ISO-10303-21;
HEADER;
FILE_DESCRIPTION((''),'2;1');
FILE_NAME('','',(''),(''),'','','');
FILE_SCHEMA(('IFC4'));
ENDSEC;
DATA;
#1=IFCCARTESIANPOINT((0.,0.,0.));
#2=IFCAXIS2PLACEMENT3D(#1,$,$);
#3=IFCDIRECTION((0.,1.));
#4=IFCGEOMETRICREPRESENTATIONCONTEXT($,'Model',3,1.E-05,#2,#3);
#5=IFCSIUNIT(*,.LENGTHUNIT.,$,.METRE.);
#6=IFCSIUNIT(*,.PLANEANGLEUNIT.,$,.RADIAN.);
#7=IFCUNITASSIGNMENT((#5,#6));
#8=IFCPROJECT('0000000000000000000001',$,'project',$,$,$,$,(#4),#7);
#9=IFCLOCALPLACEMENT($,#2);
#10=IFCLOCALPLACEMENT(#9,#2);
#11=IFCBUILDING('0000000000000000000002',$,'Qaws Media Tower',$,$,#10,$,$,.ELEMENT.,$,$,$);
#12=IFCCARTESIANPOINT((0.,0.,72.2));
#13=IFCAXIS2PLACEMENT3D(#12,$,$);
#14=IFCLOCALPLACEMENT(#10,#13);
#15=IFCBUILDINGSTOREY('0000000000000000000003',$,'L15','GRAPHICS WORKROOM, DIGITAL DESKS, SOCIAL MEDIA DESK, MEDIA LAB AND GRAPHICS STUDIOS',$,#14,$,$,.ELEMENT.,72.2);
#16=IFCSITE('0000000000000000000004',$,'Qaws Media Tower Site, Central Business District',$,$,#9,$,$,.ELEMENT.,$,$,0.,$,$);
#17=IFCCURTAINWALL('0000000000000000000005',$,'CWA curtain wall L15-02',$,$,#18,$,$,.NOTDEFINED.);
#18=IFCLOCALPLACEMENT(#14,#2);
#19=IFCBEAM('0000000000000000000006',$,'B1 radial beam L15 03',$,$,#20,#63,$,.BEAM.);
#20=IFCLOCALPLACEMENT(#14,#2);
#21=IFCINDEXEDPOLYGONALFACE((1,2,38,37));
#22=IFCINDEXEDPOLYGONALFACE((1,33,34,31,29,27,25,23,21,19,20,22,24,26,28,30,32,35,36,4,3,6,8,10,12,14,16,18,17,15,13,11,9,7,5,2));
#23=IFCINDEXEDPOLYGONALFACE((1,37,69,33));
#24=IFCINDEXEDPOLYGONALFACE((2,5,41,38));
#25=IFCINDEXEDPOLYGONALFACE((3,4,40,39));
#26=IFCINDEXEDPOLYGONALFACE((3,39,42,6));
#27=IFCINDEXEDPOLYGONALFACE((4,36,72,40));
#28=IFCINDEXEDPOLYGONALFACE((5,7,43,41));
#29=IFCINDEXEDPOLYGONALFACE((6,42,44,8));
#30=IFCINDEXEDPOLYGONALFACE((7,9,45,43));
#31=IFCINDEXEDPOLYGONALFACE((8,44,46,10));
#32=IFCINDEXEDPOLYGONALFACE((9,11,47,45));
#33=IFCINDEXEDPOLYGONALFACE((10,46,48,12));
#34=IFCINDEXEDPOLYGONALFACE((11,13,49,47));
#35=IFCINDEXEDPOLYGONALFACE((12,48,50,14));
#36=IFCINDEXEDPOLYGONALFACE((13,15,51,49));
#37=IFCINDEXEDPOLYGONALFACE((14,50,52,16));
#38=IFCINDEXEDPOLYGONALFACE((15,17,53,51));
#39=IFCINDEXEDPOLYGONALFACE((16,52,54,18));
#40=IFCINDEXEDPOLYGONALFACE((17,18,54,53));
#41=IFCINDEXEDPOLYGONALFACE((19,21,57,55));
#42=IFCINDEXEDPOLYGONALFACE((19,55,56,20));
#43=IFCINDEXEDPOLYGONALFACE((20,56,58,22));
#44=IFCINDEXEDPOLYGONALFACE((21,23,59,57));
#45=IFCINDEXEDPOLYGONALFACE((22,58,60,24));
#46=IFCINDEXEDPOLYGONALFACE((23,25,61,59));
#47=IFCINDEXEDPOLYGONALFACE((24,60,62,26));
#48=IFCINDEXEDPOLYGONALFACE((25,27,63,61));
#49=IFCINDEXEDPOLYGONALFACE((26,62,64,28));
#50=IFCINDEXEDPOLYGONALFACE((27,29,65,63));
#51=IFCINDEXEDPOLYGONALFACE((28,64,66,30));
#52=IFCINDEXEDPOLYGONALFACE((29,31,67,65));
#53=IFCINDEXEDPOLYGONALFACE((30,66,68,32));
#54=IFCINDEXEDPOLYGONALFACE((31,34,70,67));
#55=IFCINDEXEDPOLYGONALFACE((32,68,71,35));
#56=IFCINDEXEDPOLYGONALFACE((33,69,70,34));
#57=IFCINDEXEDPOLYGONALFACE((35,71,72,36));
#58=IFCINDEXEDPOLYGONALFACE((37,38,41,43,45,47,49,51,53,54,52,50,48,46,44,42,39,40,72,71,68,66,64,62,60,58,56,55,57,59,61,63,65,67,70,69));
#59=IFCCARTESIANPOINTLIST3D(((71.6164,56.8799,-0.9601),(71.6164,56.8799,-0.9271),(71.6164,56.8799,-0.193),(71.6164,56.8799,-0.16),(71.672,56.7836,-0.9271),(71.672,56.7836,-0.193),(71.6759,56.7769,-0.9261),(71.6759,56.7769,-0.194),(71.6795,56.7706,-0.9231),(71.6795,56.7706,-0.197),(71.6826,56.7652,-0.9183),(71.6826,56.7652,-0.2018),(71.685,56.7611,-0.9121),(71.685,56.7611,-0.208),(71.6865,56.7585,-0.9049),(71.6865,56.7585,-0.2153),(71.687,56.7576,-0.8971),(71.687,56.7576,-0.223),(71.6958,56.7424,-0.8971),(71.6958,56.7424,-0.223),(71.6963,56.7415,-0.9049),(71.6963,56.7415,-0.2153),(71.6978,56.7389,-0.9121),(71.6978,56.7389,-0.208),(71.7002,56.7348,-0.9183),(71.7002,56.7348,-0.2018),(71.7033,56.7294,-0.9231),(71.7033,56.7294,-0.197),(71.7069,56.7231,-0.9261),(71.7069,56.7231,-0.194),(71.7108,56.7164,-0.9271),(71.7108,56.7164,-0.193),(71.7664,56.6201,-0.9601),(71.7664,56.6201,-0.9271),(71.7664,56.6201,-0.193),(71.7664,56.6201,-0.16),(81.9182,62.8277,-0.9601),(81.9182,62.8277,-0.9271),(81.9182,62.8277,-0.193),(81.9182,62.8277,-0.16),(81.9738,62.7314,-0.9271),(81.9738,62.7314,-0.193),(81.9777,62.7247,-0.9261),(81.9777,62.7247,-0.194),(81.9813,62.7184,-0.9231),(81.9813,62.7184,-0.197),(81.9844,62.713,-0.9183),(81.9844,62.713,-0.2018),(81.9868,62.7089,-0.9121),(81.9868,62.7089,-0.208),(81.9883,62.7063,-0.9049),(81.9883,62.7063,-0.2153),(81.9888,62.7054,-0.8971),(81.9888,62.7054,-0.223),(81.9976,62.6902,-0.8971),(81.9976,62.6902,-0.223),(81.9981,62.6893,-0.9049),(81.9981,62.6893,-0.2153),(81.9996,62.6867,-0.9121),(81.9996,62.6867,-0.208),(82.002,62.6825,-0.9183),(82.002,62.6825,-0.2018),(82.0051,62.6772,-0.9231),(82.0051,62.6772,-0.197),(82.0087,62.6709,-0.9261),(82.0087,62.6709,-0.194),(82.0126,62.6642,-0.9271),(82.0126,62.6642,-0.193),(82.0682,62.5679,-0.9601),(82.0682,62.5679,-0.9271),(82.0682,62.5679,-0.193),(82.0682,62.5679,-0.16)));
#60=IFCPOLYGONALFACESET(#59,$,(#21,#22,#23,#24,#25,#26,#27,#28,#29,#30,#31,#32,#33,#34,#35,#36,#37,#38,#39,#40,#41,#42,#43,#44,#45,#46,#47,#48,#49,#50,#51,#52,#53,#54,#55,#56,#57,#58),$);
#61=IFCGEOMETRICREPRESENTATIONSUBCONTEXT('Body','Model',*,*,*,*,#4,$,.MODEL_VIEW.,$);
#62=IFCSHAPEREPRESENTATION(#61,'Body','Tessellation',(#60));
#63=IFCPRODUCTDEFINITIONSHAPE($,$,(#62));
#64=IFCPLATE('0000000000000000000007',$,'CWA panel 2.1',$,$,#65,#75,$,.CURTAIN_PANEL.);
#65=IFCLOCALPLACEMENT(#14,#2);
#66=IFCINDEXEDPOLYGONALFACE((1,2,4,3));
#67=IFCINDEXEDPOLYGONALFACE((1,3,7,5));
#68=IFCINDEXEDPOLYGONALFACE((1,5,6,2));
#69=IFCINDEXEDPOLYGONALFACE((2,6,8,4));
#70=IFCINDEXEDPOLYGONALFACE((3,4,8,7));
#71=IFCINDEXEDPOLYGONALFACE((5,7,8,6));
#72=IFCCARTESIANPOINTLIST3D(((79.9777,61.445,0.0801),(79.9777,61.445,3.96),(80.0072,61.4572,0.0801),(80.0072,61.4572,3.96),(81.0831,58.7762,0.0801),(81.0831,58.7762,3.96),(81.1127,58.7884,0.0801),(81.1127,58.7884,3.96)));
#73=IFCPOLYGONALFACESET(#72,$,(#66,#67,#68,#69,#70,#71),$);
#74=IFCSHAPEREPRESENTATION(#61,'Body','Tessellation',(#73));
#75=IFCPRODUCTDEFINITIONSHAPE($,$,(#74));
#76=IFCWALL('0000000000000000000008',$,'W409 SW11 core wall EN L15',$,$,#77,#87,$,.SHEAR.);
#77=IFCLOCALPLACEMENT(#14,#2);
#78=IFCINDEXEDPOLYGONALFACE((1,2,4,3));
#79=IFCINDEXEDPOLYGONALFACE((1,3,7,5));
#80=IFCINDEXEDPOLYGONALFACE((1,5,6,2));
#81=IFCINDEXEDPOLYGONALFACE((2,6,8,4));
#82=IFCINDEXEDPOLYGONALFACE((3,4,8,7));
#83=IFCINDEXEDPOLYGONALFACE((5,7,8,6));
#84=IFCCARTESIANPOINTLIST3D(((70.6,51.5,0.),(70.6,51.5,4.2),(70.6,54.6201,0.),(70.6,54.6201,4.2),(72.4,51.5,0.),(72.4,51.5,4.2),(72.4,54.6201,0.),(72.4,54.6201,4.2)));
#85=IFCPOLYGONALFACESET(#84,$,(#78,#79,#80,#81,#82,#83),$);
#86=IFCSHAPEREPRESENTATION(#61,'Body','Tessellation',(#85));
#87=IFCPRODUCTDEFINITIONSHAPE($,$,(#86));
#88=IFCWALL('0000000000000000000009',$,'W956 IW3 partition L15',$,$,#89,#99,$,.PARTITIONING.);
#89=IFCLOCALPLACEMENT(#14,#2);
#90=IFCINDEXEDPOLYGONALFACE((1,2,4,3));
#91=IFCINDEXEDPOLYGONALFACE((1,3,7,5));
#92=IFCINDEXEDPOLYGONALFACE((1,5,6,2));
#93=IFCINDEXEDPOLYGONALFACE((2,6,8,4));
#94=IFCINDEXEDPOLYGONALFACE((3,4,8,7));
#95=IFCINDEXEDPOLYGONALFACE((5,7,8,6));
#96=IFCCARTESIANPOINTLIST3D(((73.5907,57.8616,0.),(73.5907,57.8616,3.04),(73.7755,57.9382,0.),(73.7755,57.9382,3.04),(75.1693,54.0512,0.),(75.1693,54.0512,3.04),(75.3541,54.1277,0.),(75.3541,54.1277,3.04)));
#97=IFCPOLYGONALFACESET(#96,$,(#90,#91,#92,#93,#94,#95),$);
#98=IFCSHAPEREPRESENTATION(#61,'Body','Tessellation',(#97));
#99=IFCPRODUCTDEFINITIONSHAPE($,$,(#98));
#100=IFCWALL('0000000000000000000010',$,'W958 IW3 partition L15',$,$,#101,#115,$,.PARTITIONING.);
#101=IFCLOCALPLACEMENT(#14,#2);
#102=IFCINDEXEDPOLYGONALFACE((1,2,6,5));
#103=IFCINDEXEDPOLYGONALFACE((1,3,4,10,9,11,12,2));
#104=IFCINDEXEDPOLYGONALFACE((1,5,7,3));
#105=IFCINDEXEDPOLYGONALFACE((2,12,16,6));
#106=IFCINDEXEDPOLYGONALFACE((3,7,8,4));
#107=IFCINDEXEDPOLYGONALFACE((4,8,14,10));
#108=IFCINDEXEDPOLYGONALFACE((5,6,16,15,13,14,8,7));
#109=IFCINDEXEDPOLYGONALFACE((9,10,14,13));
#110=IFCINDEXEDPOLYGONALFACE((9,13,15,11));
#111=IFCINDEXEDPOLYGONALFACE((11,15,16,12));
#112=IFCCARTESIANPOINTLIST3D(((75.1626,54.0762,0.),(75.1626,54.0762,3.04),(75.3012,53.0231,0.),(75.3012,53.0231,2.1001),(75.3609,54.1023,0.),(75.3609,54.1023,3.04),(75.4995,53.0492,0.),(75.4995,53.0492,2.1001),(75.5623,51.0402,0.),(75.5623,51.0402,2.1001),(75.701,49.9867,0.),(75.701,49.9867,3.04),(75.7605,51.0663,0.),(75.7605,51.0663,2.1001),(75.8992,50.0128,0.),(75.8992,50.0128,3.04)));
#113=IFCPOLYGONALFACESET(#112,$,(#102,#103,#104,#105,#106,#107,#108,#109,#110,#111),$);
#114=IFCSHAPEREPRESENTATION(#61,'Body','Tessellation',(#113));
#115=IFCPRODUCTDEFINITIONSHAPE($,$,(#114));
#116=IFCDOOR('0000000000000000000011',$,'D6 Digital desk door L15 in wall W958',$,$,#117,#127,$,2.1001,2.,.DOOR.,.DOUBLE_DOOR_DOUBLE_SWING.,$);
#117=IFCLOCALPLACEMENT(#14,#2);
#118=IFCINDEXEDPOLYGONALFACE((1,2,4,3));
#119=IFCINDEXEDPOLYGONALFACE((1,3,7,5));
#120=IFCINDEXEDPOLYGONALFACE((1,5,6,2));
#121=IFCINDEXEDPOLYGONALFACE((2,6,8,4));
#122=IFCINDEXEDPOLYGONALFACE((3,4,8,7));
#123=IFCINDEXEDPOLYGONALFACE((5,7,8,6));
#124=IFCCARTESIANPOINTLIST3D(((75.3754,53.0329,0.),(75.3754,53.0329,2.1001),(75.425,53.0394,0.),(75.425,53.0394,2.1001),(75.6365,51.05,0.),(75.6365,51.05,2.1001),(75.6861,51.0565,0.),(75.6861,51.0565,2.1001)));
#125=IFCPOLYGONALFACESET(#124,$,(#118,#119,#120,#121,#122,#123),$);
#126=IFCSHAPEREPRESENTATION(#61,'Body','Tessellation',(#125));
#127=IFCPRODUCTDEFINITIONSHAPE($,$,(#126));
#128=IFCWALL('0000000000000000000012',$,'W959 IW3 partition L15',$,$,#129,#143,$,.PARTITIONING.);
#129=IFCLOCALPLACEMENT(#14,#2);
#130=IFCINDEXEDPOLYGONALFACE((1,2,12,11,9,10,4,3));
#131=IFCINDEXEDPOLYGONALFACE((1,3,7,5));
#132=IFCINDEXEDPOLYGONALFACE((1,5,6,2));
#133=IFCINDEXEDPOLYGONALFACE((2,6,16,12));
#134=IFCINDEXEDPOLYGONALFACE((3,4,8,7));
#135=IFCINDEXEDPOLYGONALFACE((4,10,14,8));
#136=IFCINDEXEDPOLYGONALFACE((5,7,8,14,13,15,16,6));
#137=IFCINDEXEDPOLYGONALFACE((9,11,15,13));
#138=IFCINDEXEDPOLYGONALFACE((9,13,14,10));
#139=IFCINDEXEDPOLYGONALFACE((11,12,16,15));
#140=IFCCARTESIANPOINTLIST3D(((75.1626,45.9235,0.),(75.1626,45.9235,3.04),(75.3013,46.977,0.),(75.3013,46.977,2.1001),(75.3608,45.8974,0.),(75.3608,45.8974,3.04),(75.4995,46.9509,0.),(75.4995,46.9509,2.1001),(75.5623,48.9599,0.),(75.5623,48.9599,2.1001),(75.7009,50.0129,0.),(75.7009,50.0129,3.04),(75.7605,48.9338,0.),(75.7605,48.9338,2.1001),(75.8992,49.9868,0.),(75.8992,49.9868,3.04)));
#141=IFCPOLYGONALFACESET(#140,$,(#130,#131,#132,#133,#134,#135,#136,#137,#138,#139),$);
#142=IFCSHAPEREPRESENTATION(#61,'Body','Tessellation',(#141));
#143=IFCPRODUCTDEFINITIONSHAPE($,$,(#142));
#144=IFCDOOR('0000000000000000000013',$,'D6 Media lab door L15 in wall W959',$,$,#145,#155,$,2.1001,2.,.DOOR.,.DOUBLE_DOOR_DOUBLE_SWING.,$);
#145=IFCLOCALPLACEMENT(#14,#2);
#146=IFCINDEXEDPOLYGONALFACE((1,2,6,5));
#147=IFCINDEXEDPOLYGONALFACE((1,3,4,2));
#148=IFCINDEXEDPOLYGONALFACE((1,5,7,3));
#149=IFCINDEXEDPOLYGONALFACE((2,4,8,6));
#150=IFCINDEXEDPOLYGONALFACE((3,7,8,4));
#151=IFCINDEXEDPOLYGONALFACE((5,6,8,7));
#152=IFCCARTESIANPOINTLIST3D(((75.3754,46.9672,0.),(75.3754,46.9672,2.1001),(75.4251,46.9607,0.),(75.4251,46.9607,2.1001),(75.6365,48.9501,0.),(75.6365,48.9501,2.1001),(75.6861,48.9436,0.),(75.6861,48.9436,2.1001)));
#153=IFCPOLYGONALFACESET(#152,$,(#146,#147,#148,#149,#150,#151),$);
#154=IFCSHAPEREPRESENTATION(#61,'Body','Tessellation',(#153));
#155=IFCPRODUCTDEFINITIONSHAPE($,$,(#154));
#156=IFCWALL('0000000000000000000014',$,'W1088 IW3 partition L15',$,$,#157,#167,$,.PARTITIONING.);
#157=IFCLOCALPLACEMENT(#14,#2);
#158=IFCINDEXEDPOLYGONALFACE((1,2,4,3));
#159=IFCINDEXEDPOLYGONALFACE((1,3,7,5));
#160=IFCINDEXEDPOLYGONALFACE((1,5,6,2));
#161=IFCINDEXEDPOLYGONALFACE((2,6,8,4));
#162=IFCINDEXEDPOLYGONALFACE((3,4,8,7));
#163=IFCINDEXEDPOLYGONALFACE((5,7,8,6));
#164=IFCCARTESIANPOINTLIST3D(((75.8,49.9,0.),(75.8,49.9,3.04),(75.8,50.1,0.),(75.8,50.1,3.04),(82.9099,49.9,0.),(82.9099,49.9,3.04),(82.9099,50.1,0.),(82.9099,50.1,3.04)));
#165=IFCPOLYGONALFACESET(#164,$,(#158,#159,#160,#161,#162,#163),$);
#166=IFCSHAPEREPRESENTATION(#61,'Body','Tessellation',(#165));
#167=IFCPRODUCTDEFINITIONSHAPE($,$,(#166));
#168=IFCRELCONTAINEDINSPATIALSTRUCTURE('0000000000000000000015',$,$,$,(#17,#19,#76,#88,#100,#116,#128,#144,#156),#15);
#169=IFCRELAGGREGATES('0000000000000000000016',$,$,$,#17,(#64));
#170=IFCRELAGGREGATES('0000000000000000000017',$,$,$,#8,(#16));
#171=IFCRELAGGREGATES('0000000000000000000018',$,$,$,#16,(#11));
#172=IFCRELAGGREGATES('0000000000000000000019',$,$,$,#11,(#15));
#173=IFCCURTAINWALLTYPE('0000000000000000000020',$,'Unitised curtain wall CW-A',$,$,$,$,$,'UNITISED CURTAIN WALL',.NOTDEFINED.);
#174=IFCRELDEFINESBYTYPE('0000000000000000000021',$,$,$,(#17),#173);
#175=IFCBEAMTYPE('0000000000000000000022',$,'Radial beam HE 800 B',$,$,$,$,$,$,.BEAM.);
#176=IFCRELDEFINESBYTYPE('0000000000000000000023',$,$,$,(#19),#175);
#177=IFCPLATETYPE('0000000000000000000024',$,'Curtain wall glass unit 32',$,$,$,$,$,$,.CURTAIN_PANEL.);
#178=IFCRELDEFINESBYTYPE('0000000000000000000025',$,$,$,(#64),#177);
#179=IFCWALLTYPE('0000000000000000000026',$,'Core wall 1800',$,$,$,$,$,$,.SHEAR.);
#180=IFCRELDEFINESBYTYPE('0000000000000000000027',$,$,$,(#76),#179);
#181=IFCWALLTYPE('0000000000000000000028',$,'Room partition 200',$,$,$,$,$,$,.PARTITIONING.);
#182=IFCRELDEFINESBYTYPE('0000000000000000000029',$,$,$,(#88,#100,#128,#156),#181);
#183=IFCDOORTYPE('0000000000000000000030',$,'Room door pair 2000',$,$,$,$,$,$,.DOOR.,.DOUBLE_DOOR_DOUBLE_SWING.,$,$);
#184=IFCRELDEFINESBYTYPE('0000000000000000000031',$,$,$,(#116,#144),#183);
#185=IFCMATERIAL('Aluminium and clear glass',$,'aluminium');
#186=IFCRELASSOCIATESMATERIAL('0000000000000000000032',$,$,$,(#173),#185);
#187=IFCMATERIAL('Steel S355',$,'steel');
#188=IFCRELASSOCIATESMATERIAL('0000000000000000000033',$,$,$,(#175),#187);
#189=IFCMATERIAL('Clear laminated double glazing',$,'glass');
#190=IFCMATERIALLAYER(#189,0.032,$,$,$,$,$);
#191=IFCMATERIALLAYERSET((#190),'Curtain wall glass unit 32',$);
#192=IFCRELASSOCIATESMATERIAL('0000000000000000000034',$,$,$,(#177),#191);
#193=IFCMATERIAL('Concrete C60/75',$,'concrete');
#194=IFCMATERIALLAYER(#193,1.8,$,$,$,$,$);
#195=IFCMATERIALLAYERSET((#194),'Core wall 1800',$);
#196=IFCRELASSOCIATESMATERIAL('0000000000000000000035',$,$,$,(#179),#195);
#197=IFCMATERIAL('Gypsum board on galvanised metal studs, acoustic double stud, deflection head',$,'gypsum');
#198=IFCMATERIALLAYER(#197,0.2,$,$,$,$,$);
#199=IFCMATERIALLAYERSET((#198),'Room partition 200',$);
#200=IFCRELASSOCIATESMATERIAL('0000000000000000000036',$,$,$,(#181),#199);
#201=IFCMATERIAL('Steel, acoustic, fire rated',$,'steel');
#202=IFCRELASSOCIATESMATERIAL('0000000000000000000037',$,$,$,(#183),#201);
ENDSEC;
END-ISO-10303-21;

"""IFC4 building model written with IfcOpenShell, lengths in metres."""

from ifc_helpers import new_model, si_unit, direction, frame, frame_2d, origin, origin_2d, place, context, subcontext, project, spatial, rectangle, i_section, extrude, material, layer, layer_set, material_profile, profile_set, type_object, element, fill, aggregate, save


model = new_model("IFC4")

# Units and contexts
model_context = context("Model", 3, precision=1e-05, world=origin(), true_north=direction((0.0, 1.0)))
body_context = subcontext(model_context, "Body", "Model", "MODEL_VIEW")
ifc_project = project(units=[si_unit("LENGTHUNIT", "METRE"), si_unit("PLANEANGLEUNIT", "RADIAN")], contexts=[model_context])

# Site, building, storey
site_placement = place(None, origin())
site = spatial("IfcSite", under=ifc_project, at=site_placement, Name="Qaws Media Tower Site, Central Business District", CompositionType="ELEMENT", RefElevation=0.0)
building_placement = place(site_placement, origin())
building = spatial("IfcBuilding", under=site, at=building_placement, Name="Qaws Media Tower", CompositionType="ELEMENT")
storey_placement = place(building_placement, frame((0.0, 0.0, 72.2)))
storey = spatial("IfcBuildingStorey", under=building, at=storey_placement, Name="L15", Description="GRAPHICS WORKROOM, DIGITAL DESKS, SOCIAL MEDIA DESK, MEDIA LAB AND GRAPHICS STUDIOS", CompositionType="ELEMENT", Elevation=72.2)

# Curtain wall
ifc_material_1 = material(Name="Aluminium and clear glass", Category="aluminium")
curtain_wall_type = type_object("IfcCurtainWallType", Name="Unitised curtain wall CW-A", ElementType="UNITISED CURTAIN WALL", PredefinedType="NOTDEFINED", material=ifc_material_1)
curtain_wall_placement = place(storey_placement, origin())
curtain_wall = element("IfcCurtainWall", 1, at=curtain_wall_placement, inside=storey, type_object=curtain_wall_type, Name="CWA curtain wall L15-02", PredefinedType="NOTDEFINED")

# Beam
ifc_material_2 = material(Name="Steel S355", Category="steel")
ifc_material_profile_1 = material_profile(ifc_material_2, i_section(OverallWidth=0.3, OverallDepth=0.8, WebThickness=0.0176, FlangeThickness=0.033, FilletRadius=0.03, at=origin_2d()), Name="HE 800 B")
ifc_profile_set_1 = profile_set([ifc_material_profile_1], Name="Steel S355")
beam_type_1 = type_object("IfcBeamType", Name="Radial beam HE 800 B", PredefinedType="BEAM", material=ifc_profile_set_1)
beam_1_placement = place(storey_placement, frame((71.6914, 56.75, -0.5601), z_axis=(0.866024, 0.500002, 0.0), x_axis=(-0.500002, 0.866024, 0.0)))
element("IfcBeam", 2, at=beam_1_placement, inside=storey, type_object=beam_type_1, Name="B1 radial beam L15 03", PredefinedType="BEAM", context=body_context, shape_type="SweptSolid", body=[
    extrude(i_section(OverallWidth=0.3, OverallDepth=0.8, WebThickness=0.0176, FlangeThickness=0.033, FilletRadius=0.03, at=origin_2d()), origin(), (0.0, 0.0, 1.0), 11.8955),
])

# Plate
ifc_material_3 = material(Name="Clear laminated double glazing", Category="glass")
ifc_layer_1 = layer(ifc_material_3, 0.032)
ifc_layer_set_1 = layer_set([ifc_layer_1], Name="Curtain wall glass unit 32")
plate_type = type_object("IfcPlateType", Name="Curtain wall glass unit 32", PredefinedType="CURTAIN_PANEL", material=ifc_layer_set_1)
plate_placement = place(storey_placement, frame((80.5452, 60.1167, 0.0801), z_axis=(0.0, 0.0, 1.0), x_axis=(-0.382683, 0.92388, 0.0)))
plate = element("IfcPlate", 3, at=plate_placement, type_object=plate_type, Name="CWA panel 2.1", PredefinedType="CURTAIN_PANEL", context=body_context, shape_type="SweptSolid", body=[
    extrude(rectangle(XDim=2.8887, YDim=0.032, at=origin_2d()), origin(), (0.0, 0.0, 1.0), 3.8799),
])
aggregate(curtain_wall, [plate])

# Walls
ifc_material_4 = material(Name="Concrete C60/75", Category="concrete")
ifc_layer_2 = layer(ifc_material_4, 1.8)
ifc_layer_set_2 = layer_set([ifc_layer_2], Name="Core wall 1800")
wall_type_1 = type_object("IfcWallType", Name="Core wall 1800", PredefinedType="SHEAR", material=ifc_layer_set_2)
wall_1_placement = place(storey_placement, frame((71.5, 51.5, 0.0), z_axis=(0.0, 0.0, 1.0), x_axis=(0.0, 1.0, 0.0)))
element("IfcWall", 4, at=wall_1_placement, inside=storey, type_object=wall_type_1, Name="W409 SW11 core wall EN L15", PredefinedType="SHEAR", context=body_context, shape_type="SweptSolid", body=[
    extrude(rectangle(XDim=3.1201, YDim=1.8, at=frame_2d((1.5601, 0.0))), origin(), (0.0, 0.0, 1.0), 4.2),
])
ifc_material_5 = material(Name="Gypsum board on galvanised metal studs, acoustic double stud, deflection head", Category="gypsum")
ifc_layer_3 = layer(ifc_material_5, 0.2)
ifc_layer_set_3 = layer_set([ifc_layer_3], Name="Room partition 200")
wall_type_2 = type_object("IfcWallType", Name="Room partition 200", PredefinedType="PARTITIONING", material=ifc_layer_set_3)
wall_2_placement = place(storey_placement, frame((73.6831, 57.8999, 0.0), z_axis=(0.0, 0.0, 1.0), x_axis=(0.382732, -0.92386, 0.0)))
element("IfcWall", 5, at=wall_2_placement, inside=storey, type_object=wall_type_2, Name="W956 IW3 partition L15", PredefinedType="PARTITIONING", context=body_context, shape_type="SweptSolid", body=[
    extrude(rectangle(XDim=4.1245, YDim=0.2, at=frame_2d((2.0623, 0.0))), origin(), (0.0, 0.0, 1.0), 3.04),
])

# Walls, openings, doors
wall_3_placement = place(storey_placement, frame((75.2617, 54.0894, 0.0), z_axis=(0.0, 0.0, 1.0), x_axis=(0.130516, -0.991446, 0.0)))
wall_3 = element("IfcWall", 6, at=wall_3_placement, inside=storey, type_object=wall_type_2, Name="W958 IW3 partition L15", PredefinedType="PARTITIONING", context=body_context, shape_type="SweptSolid", body=[
    extrude(rectangle(XDim=4.1248, YDim=0.2, at=frame_2d((2.0625, 0.0))), origin(), (0.0, 0.0, 1.0), 3.04),
])
opening_1_placement = place(wall_3_placement, frame((1.0623, 0.0, 0.0)))
opening_1 = element("IfcOpeningElement", 7, at=opening_1_placement, cuts=wall_3, PredefinedType="OPENING", context=body_context, shape_type="SweptSolid", body=[
    extrude(rectangle(XDim=2.0, YDim=2.1001, at=frame_2d((1.0, 1.05))), frame((0.0, 0.1099, 0.0), z_axis=(0.0, -1.0, 0.0), x_axis=(1.0, 0.0, 0.0)), (0.0, 0.0, 1.0), 0.22),
])
ifc_material_6 = material(Name="Steel, acoustic, fire rated", Category="steel")
door_type = type_object("IfcDoorType", Name="Room door pair 2000", OperationType="DOUBLE_DOOR_DOUBLE_SWING", PredefinedType="DOOR", material=ifc_material_6)
door_1_placement = place(opening_1_placement, origin())
door_1 = element("IfcDoor", 8, at=door_1_placement, inside=storey, type_object=door_type, Name="D6 Digital desk door L15 in wall W958", OperationType="DOUBLE_DOOR_DOUBLE_SWING", OverallHeight=2.1001, OverallWidth=2.0, PredefinedType="DOOR", context=body_context, shape_type="SweptSolid", body=[
    extrude(rectangle(XDim=2.0, YDim=2.1001, at=frame_2d((1.0, 1.05))), frame((0.0, 0.0249, 0.0), z_axis=(0.0, -1.0, 0.0), x_axis=(1.0, 0.0, 0.0)), (0.0, 0.0, 1.0), 0.05),
])
fill(opening_1, door_1)
wall_4_placement = place(storey_placement, frame((75.8, 50.0, 0.0), z_axis=(0.0, 0.0, 1.0), x_axis=(-0.130516, -0.991446, 0.0)))
wall_4 = element("IfcWall", 9, at=wall_4_placement, inside=storey, type_object=wall_type_2, Name="W959 IW3 partition L15", PredefinedType="PARTITIONING", context=body_context, shape_type="SweptSolid", body=[
    extrude(rectangle(XDim=4.1248, YDim=0.2, at=frame_2d((2.0625, 0.0))), origin(), (0.0, 0.0, 1.0), 3.04),
])
opening_2_placement = place(wall_4_placement, frame((1.0623, 0.0, 0.0)))
opening_2 = element("IfcOpeningElement", 10, at=opening_2_placement, cuts=wall_4, PredefinedType="OPENING", context=body_context, shape_type="SweptSolid", body=[
    extrude(rectangle(XDim=2.0, YDim=2.1001, at=frame_2d((1.0, 1.05))), frame((0.0, 0.1099, 0.0), z_axis=(0.0, -1.0, 0.0), x_axis=(1.0, 0.0, 0.0)), (0.0, 0.0, 1.0), 0.22),
])
door_2_placement = place(opening_2_placement, origin())
door_2 = element("IfcDoor", 11, at=door_2_placement, inside=storey, type_object=door_type, Name="D6 Media lab door L15 in wall W959", OperationType="DOUBLE_DOOR_DOUBLE_SWING", OverallHeight=2.1001, OverallWidth=2.0, PredefinedType="DOOR", context=body_context, shape_type="SweptSolid", body=[
    extrude(rectangle(XDim=2.0, YDim=2.1001, at=frame_2d((1.0, 1.05))), frame((0.0, 0.0249, 0.0), z_axis=(0.0, -1.0, 0.0), x_axis=(1.0, 0.0, 0.0)), (0.0, 0.0, 1.0), 0.05),
])
fill(opening_2, door_2)

# Wall
wall_5_placement = place(storey_placement, frame((75.8, 50.0, 0.0), z_axis=(0.0, 0.0, 1.0), x_axis=(1.0, 0.0, 0.0)))
element("IfcWall", 12, at=wall_5_placement, inside=storey, type_object=wall_type_2, Name="W1088 IW3 partition L15", PredefinedType="PARTITIONING", context=body_context, shape_type="SweptSolid", body=[
    extrude(rectangle(XDim=7.1099, YDim=0.2, at=frame_2d((3.5549, 0.0))), origin(), (0.0, 0.0, 1.0), 3.04),
])

save(model, "model.ifc")
